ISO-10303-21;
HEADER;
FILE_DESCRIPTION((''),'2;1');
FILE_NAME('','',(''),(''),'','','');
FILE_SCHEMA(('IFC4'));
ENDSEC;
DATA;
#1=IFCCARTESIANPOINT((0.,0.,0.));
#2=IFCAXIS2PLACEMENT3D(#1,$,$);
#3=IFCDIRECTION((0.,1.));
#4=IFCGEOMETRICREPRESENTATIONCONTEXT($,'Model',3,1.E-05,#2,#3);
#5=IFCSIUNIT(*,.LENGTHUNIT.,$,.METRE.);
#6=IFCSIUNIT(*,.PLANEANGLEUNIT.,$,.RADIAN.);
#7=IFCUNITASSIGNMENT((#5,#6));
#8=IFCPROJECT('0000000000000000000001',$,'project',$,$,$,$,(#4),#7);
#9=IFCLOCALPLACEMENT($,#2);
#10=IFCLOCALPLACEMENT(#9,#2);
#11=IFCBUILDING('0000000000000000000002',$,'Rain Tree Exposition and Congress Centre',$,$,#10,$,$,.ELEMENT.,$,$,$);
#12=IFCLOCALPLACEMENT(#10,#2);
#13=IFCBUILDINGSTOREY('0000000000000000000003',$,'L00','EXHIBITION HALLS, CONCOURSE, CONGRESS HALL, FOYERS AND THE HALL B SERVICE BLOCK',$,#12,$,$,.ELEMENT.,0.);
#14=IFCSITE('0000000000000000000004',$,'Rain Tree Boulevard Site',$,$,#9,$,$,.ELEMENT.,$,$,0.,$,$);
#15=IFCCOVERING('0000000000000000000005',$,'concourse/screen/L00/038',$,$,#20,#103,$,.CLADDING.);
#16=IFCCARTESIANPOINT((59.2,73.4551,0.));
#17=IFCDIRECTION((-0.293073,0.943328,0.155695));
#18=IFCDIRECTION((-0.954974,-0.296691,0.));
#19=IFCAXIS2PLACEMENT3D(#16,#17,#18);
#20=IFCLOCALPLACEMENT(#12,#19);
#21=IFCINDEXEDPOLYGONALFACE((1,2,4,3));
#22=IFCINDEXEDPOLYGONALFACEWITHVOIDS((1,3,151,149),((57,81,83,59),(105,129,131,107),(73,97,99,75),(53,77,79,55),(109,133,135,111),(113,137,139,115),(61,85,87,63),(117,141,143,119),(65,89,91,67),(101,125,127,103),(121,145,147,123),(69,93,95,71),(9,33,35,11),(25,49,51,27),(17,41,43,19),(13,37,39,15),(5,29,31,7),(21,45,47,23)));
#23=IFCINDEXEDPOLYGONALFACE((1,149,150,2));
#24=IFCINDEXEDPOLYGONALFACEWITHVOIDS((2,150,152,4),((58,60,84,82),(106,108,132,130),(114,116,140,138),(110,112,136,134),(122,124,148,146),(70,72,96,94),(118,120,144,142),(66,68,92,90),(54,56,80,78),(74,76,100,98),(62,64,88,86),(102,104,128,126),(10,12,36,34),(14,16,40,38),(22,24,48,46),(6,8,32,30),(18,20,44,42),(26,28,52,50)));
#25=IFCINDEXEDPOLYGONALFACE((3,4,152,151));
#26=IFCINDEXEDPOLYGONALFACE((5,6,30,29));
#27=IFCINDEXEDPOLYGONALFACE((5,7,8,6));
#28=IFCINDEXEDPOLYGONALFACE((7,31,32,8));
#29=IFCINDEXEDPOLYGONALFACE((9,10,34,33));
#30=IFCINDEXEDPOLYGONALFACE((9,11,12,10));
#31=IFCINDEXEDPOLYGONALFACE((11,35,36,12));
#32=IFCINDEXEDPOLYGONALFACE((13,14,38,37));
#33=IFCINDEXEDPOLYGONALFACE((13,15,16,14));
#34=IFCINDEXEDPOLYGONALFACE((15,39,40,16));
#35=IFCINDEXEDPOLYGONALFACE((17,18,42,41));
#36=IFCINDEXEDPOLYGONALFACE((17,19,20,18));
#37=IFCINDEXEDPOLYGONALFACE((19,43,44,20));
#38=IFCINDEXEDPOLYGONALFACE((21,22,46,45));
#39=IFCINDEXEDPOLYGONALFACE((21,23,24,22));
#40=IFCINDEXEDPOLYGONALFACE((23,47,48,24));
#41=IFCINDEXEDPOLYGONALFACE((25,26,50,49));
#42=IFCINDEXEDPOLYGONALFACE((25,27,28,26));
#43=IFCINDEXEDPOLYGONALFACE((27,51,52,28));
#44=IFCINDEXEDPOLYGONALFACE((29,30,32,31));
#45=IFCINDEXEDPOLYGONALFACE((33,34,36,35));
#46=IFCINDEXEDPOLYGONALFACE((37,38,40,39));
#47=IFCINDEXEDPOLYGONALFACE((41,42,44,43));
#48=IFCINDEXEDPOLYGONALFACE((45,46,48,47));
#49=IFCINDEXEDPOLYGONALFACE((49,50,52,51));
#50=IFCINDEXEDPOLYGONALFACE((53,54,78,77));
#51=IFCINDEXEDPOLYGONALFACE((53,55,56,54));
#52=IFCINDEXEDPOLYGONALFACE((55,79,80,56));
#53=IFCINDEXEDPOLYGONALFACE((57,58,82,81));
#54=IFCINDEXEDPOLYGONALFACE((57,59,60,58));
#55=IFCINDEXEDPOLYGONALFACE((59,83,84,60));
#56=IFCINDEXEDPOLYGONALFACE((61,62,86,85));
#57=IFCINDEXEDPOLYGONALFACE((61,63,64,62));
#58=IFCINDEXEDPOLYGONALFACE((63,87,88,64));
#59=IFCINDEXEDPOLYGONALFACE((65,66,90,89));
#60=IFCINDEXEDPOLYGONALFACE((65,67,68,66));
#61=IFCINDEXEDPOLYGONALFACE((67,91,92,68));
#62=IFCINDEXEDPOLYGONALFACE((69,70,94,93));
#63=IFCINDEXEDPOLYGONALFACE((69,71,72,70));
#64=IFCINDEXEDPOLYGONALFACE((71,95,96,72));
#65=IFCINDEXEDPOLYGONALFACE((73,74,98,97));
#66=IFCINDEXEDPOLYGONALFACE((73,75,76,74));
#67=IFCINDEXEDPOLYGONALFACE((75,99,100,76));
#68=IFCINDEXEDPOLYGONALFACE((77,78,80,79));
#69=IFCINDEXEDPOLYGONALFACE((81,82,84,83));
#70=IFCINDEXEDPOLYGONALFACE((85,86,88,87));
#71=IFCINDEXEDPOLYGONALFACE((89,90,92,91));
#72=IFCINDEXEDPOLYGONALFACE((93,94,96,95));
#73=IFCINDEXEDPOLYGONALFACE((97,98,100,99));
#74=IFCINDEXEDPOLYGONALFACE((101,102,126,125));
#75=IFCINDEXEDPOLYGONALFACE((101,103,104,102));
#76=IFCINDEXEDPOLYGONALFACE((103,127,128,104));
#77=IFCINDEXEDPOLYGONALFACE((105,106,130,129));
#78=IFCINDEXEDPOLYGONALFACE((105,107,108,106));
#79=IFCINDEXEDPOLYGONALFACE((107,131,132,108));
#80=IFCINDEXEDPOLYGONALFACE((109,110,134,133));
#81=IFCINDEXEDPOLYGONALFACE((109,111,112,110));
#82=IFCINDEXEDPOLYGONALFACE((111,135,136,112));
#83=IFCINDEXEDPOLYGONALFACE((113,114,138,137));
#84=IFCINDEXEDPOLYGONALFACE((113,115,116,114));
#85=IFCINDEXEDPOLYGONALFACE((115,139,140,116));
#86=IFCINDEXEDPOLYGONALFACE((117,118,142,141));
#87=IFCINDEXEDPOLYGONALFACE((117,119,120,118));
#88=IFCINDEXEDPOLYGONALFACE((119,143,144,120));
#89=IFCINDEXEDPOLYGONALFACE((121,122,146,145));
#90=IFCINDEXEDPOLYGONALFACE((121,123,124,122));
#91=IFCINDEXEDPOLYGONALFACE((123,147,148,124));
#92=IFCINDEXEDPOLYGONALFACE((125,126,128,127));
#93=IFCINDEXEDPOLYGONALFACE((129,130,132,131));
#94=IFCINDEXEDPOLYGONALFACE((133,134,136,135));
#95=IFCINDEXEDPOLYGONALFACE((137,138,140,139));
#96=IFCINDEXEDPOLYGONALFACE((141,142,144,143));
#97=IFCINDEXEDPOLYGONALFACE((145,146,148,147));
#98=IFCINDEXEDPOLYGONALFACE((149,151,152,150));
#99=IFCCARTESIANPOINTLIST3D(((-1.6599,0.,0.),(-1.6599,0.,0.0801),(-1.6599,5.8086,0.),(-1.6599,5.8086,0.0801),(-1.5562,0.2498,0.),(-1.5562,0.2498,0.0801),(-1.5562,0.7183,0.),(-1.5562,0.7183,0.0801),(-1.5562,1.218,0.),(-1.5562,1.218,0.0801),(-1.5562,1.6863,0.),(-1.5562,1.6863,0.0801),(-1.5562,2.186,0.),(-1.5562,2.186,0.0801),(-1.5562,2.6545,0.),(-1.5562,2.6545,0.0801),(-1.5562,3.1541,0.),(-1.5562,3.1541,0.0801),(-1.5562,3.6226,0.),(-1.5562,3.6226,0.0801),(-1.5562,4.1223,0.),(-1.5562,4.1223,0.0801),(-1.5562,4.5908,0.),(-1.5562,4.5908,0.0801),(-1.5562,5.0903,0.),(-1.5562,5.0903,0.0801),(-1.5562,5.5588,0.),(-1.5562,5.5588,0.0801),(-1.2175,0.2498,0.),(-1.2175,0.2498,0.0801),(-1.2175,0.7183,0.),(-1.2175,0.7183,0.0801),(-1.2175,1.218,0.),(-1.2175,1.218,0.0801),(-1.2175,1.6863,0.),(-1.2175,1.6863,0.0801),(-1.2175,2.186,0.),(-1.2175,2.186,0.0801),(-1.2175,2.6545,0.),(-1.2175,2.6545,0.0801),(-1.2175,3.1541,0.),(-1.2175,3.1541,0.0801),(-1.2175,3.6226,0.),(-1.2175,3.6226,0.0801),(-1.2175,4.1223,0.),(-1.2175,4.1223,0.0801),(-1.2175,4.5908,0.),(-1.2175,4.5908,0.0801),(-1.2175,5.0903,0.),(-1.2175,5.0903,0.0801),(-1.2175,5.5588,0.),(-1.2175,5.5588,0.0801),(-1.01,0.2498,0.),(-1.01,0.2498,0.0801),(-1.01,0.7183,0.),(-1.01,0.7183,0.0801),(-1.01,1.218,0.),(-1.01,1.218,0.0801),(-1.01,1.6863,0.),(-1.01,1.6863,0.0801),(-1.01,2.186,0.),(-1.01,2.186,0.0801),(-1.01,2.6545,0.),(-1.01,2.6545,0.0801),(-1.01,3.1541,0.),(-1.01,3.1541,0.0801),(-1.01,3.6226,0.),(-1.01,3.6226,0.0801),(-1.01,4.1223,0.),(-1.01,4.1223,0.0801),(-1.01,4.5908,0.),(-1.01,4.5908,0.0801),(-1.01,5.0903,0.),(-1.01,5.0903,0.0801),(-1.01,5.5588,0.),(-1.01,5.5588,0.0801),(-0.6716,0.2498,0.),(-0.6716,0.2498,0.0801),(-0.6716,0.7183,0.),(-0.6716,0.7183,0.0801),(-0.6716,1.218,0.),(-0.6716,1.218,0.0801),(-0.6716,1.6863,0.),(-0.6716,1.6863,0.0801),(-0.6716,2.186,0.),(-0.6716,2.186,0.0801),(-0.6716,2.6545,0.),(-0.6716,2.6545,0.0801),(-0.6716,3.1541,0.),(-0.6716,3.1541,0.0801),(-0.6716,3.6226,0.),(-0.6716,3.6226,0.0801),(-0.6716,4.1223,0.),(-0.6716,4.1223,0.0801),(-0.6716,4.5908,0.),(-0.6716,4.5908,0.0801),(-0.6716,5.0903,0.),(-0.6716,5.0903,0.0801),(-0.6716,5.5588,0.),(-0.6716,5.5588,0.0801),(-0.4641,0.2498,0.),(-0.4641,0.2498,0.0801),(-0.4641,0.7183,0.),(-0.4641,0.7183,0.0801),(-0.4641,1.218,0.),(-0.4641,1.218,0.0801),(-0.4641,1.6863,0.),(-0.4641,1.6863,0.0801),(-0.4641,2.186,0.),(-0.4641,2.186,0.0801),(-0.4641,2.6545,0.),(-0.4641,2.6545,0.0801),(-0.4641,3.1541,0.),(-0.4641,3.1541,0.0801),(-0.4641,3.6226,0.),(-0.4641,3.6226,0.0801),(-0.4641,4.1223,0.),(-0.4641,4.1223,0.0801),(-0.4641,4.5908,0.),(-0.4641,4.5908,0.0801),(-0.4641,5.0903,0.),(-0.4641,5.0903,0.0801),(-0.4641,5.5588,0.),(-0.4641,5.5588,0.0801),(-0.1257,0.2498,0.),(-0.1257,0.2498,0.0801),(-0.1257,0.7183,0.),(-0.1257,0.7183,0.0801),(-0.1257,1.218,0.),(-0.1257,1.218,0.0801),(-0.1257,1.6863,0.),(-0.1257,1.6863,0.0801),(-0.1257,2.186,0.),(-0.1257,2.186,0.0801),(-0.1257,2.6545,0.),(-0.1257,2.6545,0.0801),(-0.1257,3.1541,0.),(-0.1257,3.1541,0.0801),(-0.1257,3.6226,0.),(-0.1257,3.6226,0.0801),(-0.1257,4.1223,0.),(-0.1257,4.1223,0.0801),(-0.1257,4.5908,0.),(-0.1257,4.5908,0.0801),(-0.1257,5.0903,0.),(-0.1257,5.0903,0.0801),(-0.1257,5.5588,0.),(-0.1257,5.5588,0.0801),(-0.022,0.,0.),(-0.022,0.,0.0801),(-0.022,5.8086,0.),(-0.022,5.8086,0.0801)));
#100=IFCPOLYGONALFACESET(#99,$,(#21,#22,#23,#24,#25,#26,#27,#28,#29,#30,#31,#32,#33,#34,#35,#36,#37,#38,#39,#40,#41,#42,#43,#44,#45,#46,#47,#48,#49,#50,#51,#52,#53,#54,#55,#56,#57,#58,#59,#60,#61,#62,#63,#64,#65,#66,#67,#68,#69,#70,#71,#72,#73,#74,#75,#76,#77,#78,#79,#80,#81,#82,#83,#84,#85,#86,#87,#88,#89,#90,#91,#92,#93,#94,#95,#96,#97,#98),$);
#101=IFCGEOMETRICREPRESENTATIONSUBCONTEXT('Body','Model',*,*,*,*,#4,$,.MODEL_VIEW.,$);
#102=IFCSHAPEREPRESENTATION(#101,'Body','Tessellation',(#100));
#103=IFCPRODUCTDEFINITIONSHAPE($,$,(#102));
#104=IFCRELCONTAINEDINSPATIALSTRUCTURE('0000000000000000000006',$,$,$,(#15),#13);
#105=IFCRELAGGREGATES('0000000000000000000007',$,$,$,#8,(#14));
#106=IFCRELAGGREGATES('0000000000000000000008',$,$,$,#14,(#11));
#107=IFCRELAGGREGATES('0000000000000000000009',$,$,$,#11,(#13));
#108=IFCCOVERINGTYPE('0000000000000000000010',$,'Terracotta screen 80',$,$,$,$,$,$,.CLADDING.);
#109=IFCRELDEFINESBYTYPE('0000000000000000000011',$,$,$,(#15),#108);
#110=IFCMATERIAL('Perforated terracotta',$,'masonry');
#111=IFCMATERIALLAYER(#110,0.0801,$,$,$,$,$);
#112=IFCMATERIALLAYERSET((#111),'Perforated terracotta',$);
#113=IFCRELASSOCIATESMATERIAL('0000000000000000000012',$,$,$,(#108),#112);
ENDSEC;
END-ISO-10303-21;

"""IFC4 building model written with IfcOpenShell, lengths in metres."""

from ifc_helpers import new_model, si_unit, direction, frame, origin, place, context, subcontext, project, spatial, polyline, outline, extrude, material, layer, layer_set, type_object, element, save


model = new_model("IFC4")

# Units and contexts
model_context = context("Model", 3, precision=1e-05, world=origin(), true_north=direction((0.0, 1.0)))
body_context = subcontext(model_context, "Body", "Model", "MODEL_VIEW")
ifc_project = project(units=[si_unit("LENGTHUNIT", "METRE"), si_unit("PLANEANGLEUNIT", "RADIAN")], contexts=[model_context])

# Site, building, storey
site_placement = place(None, origin())
site = spatial("IfcSite", under=ifc_project, at=site_placement, Name="Rain Tree Boulevard Site", CompositionType="ELEMENT", RefElevation=0.0)
building_placement = place(site_placement, origin())
building = spatial("IfcBuilding", under=site, at=building_placement, Name="Rain Tree Exposition and Congress Centre", CompositionType="ELEMENT")
storey_placement = place(building_placement, origin())
storey = spatial("IfcBuildingStorey", under=building, at=storey_placement, Name="L00", Description="EXHIBITION HALLS, CONCOURSE, CONGRESS HALL, FOYERS AND THE HALL B SERVICE BLOCK", CompositionType="ELEMENT", Elevation=0.0)

# Covering
ifc_material_1 = material(Name="Perforated terracotta", Category="masonry")
ifc_layer_1 = layer(ifc_material_1, 0.0801)
ifc_layer_set_1 = layer_set([ifc_layer_1], Name="Perforated terracotta")
covering_type = type_object("IfcCoveringType", Name="Terracotta screen 80", PredefinedType="CLADDING", material=ifc_layer_set_1)
covering_1_placement = place(storey_placement, frame((59.2, 73.4551, 0.0), z_axis=(-0.293073, 0.943328, 0.155695), x_axis=(-0.954974, -0.296691, 0.0)))
element("IfcCovering", 1, at=covering_1_placement, inside=storey, type_object=covering_type, Name="concourse/screen/L00/038", PredefinedType="CLADDING", context=body_context, shape_type="SweptSolid", body=[
    extrude(outline(polyline([(-0.022, 0.0), (-1.6599, 0.0), (-1.6599, 5.8086), (-0.022, 5.8086), (-0.022, 0.0)]), holes=[polyline([(-0.1257, 0.2498), (-0.1257, 0.7183), (-0.4641, 0.7183), (-0.4641, 0.2498), (-0.1257, 0.2498)]), polyline([(-0.1257, 1.218), (-0.1257, 1.6863), (-0.4641, 1.6863), (-0.4641, 1.218), (-0.1257, 1.218)]), polyline([(-0.1257, 2.186), (-0.1257, 2.6545), (-0.4641, 2.6545), (-0.4641, 2.186), (-0.1257, 2.186)]), polyline([(-0.1257, 3.1541), (-0.1257, 3.6226), (-0.4641, 3.6226), (-0.4641, 3.1541), (-0.1257, 3.1541)]), polyline([(-0.1257, 4.1223), (-0.1257, 4.5908), (-0.4641, 4.5908), (-0.4641, 4.1223), (-0.1257, 4.1223)]), polyline([(-0.1257, 5.0903), (-0.1257, 5.5588), (-0.4641, 5.5588), (-0.4641, 5.0903), (-0.1257, 5.0903)]), polyline([(-0.6716, 0.2498), (-0.6716, 0.7183), (-1.01, 0.7183), (-1.01, 0.2498), (-0.6716, 0.2498)]), polyline([(-0.6716, 1.218), (-0.6716, 1.6863), (-1.01, 1.6863), (-1.01, 1.218), (-0.6716, 1.218)]), polyline([(-0.6716, 2.186), (-0.6716, 2.6545), (-1.01, 2.6545), (-1.01, 2.186), (-0.6716, 2.186)]), polyline([(-0.6716, 3.1541), (-0.6716, 3.6226), (-1.01, 3.6226), (-1.01, 3.1541), (-0.6716, 3.1541)]), polyline([(-0.6716, 4.1223), (-0.6716, 4.5908), (-1.01, 4.5908), (-1.01, 4.1223), (-0.6716, 4.1223)]), polyline([(-0.6716, 5.0903), (-0.6716, 5.5588), (-1.01, 5.5588), (-1.01, 5.0903), (-0.6716, 5.0903)]), polyline([(-1.2175, 0.2498), (-1.2175, 0.7183), (-1.5562, 0.7183), (-1.5562, 0.2498), (-1.2175, 0.2498)]), polyline([(-1.2175, 1.218), (-1.2175, 1.6863), (-1.5562, 1.6863), (-1.5562, 1.218), (-1.2175, 1.218)]), polyline([(-1.2175, 2.186), (-1.2175, 2.6545), (-1.5562, 2.6545), (-1.5562, 2.186), (-1.2175, 2.186)]), polyline([(-1.2175, 3.1541), (-1.2175, 3.6226), (-1.5562, 3.6226), (-1.5562, 3.1541), (-1.2175, 3.1541)]), polyline([(-1.2175, 4.1223), (-1.2175, 4.5908), (-1.5562, 4.5908), (-1.5562, 4.1223), (-1.2175, 4.1223)]), polyline([(-1.2175, 5.0903), (-1.2175, 5.5588), (-1.5562, 5.5588), (-1.5562, 5.0903), (-1.2175, 5.0903)])]), origin(), (0.0, 0.0, 1.0), 0.0801),
])

save(model, "model.ifc")
